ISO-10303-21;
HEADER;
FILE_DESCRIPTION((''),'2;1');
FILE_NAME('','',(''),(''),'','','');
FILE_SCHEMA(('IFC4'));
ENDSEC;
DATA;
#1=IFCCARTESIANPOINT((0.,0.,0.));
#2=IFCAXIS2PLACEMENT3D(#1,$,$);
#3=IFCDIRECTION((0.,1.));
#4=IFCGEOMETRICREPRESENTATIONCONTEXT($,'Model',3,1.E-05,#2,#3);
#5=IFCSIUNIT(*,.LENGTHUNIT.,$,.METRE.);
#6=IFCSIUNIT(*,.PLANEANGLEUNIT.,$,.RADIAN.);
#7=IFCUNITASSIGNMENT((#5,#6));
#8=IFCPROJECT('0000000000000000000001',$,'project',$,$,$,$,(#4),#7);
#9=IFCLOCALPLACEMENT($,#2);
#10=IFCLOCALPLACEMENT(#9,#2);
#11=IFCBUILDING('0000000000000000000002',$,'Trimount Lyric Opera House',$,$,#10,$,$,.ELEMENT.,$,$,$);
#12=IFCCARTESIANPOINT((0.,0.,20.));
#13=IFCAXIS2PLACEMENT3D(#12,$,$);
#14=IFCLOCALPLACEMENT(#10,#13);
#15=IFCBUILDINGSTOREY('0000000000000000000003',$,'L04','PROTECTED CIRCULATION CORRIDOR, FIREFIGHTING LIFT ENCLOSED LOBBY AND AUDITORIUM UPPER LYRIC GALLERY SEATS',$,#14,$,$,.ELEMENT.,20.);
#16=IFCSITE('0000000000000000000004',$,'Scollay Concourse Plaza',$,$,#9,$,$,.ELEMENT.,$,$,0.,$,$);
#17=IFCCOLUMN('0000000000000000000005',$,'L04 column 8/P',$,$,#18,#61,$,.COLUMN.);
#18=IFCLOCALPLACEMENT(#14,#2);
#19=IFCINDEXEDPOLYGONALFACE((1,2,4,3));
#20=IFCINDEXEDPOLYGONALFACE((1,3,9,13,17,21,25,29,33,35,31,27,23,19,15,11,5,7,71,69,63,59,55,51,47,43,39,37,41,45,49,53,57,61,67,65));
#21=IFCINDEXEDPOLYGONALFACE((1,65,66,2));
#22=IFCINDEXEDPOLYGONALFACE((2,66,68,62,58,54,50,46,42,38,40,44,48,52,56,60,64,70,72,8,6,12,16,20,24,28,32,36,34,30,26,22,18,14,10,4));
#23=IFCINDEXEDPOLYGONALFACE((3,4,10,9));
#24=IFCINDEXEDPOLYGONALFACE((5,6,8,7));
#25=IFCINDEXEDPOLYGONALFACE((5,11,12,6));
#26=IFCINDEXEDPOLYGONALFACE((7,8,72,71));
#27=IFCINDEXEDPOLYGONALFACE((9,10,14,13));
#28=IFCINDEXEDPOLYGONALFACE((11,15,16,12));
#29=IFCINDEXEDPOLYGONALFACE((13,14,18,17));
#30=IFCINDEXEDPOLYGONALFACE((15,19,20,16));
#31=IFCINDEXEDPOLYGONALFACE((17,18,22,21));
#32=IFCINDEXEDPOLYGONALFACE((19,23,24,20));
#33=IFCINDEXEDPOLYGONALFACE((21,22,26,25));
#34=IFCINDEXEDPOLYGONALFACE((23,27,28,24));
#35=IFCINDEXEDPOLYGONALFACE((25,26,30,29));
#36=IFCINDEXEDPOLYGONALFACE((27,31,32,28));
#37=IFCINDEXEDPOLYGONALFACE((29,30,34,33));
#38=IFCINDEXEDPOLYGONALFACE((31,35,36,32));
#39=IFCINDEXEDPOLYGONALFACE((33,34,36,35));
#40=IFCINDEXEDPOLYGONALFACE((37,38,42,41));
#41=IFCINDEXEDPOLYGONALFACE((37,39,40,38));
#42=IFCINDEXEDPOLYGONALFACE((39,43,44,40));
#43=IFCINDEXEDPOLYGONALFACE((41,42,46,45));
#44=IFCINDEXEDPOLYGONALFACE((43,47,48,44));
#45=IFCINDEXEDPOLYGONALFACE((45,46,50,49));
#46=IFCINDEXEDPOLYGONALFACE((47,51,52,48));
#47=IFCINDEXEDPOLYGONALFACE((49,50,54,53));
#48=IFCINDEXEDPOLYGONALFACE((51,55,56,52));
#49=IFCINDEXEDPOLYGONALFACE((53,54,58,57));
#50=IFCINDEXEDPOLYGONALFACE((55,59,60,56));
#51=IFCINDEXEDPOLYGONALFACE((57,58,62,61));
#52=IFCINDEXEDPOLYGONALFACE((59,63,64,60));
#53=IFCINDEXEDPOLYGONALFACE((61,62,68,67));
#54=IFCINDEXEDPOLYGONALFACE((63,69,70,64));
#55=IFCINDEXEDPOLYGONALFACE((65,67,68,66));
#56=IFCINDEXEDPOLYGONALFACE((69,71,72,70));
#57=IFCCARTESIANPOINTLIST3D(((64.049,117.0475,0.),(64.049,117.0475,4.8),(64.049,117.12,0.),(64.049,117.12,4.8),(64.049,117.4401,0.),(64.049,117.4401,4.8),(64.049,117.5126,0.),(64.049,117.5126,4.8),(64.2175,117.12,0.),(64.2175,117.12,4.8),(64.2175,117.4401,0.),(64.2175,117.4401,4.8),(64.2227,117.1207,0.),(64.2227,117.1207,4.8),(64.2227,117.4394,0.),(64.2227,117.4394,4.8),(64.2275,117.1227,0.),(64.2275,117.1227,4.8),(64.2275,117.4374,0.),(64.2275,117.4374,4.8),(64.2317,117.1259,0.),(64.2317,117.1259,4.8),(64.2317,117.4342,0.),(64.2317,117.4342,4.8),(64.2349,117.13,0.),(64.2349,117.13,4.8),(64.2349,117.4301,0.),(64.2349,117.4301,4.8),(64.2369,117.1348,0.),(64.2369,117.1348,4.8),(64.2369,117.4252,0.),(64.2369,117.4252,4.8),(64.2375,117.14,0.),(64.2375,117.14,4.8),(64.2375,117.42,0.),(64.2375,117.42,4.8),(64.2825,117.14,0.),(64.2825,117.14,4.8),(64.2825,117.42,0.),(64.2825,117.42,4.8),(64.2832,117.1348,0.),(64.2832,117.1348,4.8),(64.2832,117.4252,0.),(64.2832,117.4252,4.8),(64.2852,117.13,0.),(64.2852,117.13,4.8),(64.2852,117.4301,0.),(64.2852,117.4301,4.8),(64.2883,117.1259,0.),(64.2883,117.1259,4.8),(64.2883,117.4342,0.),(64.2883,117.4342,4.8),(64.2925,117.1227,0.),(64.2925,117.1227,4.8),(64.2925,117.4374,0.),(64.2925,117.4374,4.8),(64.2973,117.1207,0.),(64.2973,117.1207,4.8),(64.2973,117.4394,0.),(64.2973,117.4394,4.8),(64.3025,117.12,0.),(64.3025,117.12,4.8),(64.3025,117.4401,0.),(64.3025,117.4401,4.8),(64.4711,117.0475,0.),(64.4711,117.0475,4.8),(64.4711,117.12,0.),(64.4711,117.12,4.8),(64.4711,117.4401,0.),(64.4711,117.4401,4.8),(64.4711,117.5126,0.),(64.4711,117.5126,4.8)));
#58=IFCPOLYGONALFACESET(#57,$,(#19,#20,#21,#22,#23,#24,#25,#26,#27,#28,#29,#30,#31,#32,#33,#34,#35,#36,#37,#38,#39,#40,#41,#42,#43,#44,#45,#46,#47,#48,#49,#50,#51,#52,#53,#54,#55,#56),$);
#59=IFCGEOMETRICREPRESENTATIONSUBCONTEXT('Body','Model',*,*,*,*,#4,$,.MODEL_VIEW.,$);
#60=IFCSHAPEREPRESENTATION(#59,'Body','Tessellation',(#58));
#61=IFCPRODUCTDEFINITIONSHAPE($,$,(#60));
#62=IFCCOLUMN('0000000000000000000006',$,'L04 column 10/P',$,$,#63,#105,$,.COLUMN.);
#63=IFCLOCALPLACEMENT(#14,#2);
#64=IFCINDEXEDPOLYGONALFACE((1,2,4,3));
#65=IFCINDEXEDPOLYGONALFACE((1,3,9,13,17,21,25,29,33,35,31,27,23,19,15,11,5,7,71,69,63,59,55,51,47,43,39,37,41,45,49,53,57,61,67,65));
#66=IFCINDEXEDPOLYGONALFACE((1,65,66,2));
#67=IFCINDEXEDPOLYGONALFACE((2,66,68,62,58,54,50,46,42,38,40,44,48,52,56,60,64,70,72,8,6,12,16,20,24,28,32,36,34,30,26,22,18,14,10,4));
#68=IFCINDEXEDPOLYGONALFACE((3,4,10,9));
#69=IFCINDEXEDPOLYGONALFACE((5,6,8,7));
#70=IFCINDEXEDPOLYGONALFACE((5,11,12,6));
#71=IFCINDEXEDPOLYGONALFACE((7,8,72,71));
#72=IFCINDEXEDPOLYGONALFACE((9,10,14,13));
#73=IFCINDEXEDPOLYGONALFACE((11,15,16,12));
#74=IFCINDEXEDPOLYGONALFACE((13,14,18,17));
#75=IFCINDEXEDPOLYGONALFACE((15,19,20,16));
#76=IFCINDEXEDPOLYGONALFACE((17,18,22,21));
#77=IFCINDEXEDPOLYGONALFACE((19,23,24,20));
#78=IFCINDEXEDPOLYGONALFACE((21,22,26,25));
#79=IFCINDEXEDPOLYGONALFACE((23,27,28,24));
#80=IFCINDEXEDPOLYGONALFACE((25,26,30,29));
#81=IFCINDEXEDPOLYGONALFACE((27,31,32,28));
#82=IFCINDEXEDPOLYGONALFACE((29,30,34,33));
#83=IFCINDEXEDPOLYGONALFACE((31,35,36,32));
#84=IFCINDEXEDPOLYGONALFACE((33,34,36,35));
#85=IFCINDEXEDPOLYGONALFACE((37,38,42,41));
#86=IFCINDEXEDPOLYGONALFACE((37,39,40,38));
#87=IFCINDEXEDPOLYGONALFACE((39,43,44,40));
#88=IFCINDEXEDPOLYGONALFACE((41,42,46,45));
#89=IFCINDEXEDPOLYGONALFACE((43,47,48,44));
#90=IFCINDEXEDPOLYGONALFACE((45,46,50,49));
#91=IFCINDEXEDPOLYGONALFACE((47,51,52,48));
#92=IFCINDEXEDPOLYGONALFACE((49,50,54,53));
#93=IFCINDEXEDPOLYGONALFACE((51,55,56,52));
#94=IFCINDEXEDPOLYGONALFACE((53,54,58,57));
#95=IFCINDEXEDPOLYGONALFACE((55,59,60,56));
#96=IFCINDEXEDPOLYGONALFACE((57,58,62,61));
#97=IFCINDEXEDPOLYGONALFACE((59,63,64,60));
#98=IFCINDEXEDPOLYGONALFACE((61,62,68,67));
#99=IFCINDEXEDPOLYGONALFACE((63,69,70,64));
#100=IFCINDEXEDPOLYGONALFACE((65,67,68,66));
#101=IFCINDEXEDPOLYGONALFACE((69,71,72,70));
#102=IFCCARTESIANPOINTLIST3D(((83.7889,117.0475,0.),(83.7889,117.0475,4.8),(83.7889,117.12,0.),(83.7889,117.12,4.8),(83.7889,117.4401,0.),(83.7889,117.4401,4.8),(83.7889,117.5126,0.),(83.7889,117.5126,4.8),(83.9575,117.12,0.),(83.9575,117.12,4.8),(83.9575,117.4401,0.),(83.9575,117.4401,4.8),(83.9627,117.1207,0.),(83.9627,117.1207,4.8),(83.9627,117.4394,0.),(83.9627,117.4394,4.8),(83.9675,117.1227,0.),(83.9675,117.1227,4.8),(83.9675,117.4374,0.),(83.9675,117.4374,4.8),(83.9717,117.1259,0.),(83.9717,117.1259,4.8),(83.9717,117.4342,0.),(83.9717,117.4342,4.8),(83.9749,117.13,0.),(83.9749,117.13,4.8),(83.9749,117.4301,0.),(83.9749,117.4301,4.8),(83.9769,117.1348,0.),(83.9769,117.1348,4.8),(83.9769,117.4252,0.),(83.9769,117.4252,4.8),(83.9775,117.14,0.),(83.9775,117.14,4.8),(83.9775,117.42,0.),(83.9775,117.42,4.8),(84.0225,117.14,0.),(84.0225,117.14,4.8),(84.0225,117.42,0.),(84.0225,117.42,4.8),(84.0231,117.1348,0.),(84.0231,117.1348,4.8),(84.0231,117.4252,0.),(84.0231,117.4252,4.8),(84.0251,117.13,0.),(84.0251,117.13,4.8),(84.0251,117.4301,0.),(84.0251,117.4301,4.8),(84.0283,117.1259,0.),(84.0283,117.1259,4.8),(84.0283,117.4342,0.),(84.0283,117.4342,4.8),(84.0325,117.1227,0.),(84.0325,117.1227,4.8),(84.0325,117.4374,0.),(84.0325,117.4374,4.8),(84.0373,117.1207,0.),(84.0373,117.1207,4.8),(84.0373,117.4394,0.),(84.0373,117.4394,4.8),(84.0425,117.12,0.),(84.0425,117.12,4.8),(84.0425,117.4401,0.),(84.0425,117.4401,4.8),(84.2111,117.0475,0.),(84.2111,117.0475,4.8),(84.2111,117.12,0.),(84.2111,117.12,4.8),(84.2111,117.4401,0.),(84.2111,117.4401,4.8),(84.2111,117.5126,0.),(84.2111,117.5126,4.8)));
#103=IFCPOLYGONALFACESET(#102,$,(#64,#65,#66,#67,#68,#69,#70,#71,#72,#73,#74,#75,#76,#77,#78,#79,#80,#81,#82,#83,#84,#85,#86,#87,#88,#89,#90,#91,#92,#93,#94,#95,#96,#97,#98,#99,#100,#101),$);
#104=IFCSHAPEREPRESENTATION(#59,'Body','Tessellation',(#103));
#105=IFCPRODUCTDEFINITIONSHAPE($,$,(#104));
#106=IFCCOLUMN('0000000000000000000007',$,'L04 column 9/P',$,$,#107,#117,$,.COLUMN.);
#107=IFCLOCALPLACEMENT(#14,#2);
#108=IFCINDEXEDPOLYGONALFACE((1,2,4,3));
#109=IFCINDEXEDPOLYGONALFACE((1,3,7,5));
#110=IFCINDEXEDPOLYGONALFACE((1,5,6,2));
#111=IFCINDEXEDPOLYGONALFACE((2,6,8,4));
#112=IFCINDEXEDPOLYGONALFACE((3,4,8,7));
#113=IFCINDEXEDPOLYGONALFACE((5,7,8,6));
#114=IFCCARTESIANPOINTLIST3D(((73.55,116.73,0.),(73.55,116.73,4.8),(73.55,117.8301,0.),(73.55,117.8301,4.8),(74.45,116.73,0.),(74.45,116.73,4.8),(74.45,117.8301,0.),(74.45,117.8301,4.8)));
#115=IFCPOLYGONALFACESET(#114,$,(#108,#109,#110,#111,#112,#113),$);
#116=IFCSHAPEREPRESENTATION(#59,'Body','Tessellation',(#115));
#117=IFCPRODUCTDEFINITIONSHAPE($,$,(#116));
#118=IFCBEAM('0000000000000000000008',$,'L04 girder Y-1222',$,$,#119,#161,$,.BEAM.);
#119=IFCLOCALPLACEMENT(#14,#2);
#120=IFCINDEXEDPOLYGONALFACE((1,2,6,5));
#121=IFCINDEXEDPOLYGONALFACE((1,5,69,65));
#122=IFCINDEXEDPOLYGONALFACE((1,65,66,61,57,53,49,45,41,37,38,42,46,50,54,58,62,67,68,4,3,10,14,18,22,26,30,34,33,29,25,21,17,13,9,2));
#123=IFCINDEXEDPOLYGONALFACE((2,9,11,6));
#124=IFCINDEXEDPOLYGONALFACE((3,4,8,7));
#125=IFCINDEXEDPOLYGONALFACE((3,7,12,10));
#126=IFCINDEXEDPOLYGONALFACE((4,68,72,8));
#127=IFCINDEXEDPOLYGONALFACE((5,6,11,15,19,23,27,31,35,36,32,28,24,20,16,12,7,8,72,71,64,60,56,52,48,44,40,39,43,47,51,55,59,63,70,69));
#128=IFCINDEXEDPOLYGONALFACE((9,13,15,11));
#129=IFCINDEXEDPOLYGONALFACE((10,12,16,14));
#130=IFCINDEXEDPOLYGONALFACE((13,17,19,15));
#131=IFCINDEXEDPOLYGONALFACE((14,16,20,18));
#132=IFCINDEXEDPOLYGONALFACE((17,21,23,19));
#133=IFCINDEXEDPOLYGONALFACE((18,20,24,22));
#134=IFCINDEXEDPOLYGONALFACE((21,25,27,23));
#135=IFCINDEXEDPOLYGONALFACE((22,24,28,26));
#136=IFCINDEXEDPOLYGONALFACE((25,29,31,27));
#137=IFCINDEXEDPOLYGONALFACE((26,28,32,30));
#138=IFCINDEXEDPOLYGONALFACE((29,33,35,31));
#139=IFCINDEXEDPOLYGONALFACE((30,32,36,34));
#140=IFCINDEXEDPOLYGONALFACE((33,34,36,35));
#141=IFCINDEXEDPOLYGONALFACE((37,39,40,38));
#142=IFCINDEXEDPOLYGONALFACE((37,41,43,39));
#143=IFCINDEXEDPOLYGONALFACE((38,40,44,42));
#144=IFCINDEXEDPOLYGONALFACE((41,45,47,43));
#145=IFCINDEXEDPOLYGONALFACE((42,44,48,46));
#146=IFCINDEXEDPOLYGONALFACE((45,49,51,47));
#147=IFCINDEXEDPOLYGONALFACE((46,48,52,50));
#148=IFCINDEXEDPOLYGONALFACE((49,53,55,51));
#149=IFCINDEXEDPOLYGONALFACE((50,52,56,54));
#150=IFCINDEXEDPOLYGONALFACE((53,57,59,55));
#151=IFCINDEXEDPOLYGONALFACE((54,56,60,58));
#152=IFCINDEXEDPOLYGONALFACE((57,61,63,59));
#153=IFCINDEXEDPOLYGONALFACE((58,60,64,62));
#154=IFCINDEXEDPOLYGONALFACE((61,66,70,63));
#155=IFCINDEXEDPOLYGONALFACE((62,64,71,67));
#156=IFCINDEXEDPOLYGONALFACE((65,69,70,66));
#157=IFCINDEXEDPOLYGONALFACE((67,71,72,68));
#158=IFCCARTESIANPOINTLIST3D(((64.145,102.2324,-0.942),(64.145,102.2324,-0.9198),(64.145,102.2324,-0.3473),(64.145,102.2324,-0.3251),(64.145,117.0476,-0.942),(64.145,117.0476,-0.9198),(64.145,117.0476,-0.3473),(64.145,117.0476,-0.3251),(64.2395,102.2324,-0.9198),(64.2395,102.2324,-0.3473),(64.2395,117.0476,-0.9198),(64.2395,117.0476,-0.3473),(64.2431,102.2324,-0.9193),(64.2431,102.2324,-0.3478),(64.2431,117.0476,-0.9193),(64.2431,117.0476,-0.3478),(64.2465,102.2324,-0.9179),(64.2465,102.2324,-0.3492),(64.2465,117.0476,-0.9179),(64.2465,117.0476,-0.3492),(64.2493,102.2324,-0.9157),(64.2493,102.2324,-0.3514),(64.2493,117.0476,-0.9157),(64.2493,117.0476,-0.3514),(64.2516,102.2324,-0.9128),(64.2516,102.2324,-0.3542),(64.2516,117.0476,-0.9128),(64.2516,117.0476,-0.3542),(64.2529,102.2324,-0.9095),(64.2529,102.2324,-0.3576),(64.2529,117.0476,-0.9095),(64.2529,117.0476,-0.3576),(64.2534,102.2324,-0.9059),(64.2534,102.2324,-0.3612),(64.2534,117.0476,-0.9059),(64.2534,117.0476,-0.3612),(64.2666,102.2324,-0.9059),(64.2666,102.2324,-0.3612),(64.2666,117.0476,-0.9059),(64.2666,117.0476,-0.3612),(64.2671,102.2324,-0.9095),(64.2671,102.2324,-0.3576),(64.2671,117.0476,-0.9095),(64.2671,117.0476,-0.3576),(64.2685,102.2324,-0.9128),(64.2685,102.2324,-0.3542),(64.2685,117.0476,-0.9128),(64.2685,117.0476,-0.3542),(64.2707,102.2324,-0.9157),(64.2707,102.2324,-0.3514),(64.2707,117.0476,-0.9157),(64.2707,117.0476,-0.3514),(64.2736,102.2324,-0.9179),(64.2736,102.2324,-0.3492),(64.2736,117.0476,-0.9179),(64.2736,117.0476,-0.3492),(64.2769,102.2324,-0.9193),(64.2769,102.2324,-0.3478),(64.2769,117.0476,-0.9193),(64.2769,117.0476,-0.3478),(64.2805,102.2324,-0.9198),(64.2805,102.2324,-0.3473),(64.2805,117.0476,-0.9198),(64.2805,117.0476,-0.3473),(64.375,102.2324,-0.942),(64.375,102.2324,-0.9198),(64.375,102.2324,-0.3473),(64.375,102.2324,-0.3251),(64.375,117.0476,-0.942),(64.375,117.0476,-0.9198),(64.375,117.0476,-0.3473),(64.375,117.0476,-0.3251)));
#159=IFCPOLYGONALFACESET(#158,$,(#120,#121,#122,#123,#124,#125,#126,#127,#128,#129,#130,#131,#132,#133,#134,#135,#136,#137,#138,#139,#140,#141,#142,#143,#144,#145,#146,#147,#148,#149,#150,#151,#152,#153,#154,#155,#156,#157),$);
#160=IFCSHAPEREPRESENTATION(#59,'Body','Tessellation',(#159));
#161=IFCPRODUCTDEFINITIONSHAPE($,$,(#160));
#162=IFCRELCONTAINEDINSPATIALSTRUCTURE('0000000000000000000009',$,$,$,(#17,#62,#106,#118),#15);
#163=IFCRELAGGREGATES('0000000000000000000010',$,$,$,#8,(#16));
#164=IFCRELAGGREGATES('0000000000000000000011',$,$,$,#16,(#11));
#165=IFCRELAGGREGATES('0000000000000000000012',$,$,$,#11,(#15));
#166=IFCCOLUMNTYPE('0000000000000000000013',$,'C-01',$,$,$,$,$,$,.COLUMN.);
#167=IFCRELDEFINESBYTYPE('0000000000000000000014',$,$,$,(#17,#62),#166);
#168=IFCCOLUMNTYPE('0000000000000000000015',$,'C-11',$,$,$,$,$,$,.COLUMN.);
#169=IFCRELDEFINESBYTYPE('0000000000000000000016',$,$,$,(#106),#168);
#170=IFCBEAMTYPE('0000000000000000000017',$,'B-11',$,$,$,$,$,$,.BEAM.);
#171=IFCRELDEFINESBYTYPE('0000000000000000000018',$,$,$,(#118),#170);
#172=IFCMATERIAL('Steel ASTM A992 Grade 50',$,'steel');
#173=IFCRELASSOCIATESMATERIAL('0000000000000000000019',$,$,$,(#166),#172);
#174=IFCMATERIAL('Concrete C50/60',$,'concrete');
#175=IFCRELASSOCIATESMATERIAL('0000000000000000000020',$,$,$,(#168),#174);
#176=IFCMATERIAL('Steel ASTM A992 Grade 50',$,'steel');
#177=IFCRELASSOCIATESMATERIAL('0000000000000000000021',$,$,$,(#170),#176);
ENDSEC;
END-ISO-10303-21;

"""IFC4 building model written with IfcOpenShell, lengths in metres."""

from ifc_helpers import new_model, si_unit, direction, frame, origin, origin_2d, place, context, subcontext, project, spatial, rectangle, i_section, extrude, material, material_profile, profile_set, type_object, element, save


model = new_model("IFC4")

# Units and contexts
model_context = context("Model", 3, precision=1e-05, world=origin(), true_north=direction((0.0, 1.0)))
body_context = subcontext(model_context, "Body", "Model", "MODEL_VIEW")
ifc_project = project(units=[si_unit("LENGTHUNIT", "METRE"), si_unit("PLANEANGLEUNIT", "RADIAN")], contexts=[model_context])

# Site, building, storey
site_placement = place(None, origin())
site = spatial("IfcSite", under=ifc_project, at=site_placement, Name="Scollay Concourse Plaza", CompositionType="ELEMENT", RefElevation=0.0)
building_placement = place(site_placement, origin())
building = spatial("IfcBuilding", under=site, at=building_placement, Name="Trimount Lyric Opera House", CompositionType="ELEMENT")
storey_placement = place(building_placement, frame((0.0, 0.0, 20.0)))
storey = spatial("IfcBuildingStorey", under=building, at=storey_placement, Name="L04", Description="PROTECTED CIRCULATION CORRIDOR, FIREFIGHTING LIFT ENCLOSED LOBBY AND AUDITORIUM UPPER LYRIC GALLERY SEATS", CompositionType="ELEMENT", Elevation=20.0)

# Columns
ifc_material_1 = material(Name="Steel ASTM A992 Grade 50", Category="steel")
ifc_material_profile_1 = material_profile(ifc_material_1, i_section(OverallWidth=0.4221, OverallDepth=0.4651, WebThickness=0.0449, FlangeThickness=0.0725, FilletRadius=0.02, at=origin_2d()), Name="W14X398")
ifc_profile_set_1 = profile_set([ifc_material_profile_1], Name="Steel ASTM A992 Grade 50")
column_type_1 = type_object("IfcColumnType", Name="C-01", PredefinedType="COLUMN", material=ifc_profile_set_1)
for number, where, z_axis, x_axis, name in (
    (1, (64.26, 117.28, 0.0), (0.0, 0.0, 1.0), (1.0, 0.0, 0.0), "L04 column 8/P"),
    (2, (84.0, 117.28, 0.0), (0.0, 0.0, 1.0), (1.0, 0.0, 0.0), "L04 column 10/P"),
):
    element("IfcColumn", number, at=place(storey_placement, frame(where, z_axis=z_axis, x_axis=x_axis)), inside=storey, type_object=column_type_1, Name=name, PredefinedType="COLUMN", context=body_context, shape_type="SweptSolid", body=[
        extrude(i_section(OverallWidth=0.4221, OverallDepth=0.4651, WebThickness=0.0449, FlangeThickness=0.0725, FilletRadius=0.02, at=origin_2d()), origin(), (0.0, 0.0, 1.0), 4.8),
    ])
ifc_material_2 = material(Name="Concrete C50/60", Category="concrete")
ifc_material_profile_2 = material_profile(ifc_material_2, rectangle(XDim=0.8999, YDim=1.1001, at=origin_2d()), Name="RC1100X900")
ifc_profile_set_2 = profile_set([ifc_material_profile_2], Name="Concrete C50/60")
column_type_2 = type_object("IfcColumnType", Name="C-11", PredefinedType="COLUMN", material=ifc_profile_set_2)
column_placement = place(storey_placement, frame((74.0, 117.28, 0.0), z_axis=(0.0, 0.0, 1.0), x_axis=(1.0, 0.0, 0.0)))
element("IfcColumn", 3, at=column_placement, inside=storey, type_object=column_type_2, Name="L04 column 9/P", PredefinedType="COLUMN", context=body_context, shape_type="SweptSolid", body=[
    extrude(rectangle(XDim=0.8999, YDim=1.1001, at=origin_2d()), origin(), (0.0, 0.0, 1.0), 4.8),
])

# Beam
ifc_material_3 = material(Name="Steel ASTM A992 Grade 50", Category="steel")
ifc_material_profile_3 = material_profile(ifc_material_3, i_section(OverallWidth=0.23, OverallDepth=0.6169, WebThickness=0.0132, FlangeThickness=0.0222, FilletRadius=0.0139, at=origin_2d()), Name="W24X94")
ifc_profile_set_3 = profile_set([ifc_material_profile_3], Name="Steel ASTM A992 Grade 50")
beam_type_1 = type_object("IfcBeamType", Name="B-11", PredefinedType="BEAM", material=ifc_profile_set_3)
beam_1_placement = place(storey_placement, frame((64.26, 102.2324, -0.6335), z_axis=(0.0, 1.0, 0.0), x_axis=(-1.0, 0.0, 0.0)))
element("IfcBeam", 4, at=beam_1_placement, inside=storey, type_object=beam_type_1, Name="L04 girder Y-1222", PredefinedType="BEAM", context=body_context, shape_type="SweptSolid", body=[
    extrude(i_section(OverallWidth=0.23, OverallDepth=0.6169, WebThickness=0.0132, FlangeThickness=0.0222, FilletRadius=0.0139, at=origin_2d()), origin(), (0.0, 0.0, 1.0), 14.8152),
])

save(model, "model.ifc")
